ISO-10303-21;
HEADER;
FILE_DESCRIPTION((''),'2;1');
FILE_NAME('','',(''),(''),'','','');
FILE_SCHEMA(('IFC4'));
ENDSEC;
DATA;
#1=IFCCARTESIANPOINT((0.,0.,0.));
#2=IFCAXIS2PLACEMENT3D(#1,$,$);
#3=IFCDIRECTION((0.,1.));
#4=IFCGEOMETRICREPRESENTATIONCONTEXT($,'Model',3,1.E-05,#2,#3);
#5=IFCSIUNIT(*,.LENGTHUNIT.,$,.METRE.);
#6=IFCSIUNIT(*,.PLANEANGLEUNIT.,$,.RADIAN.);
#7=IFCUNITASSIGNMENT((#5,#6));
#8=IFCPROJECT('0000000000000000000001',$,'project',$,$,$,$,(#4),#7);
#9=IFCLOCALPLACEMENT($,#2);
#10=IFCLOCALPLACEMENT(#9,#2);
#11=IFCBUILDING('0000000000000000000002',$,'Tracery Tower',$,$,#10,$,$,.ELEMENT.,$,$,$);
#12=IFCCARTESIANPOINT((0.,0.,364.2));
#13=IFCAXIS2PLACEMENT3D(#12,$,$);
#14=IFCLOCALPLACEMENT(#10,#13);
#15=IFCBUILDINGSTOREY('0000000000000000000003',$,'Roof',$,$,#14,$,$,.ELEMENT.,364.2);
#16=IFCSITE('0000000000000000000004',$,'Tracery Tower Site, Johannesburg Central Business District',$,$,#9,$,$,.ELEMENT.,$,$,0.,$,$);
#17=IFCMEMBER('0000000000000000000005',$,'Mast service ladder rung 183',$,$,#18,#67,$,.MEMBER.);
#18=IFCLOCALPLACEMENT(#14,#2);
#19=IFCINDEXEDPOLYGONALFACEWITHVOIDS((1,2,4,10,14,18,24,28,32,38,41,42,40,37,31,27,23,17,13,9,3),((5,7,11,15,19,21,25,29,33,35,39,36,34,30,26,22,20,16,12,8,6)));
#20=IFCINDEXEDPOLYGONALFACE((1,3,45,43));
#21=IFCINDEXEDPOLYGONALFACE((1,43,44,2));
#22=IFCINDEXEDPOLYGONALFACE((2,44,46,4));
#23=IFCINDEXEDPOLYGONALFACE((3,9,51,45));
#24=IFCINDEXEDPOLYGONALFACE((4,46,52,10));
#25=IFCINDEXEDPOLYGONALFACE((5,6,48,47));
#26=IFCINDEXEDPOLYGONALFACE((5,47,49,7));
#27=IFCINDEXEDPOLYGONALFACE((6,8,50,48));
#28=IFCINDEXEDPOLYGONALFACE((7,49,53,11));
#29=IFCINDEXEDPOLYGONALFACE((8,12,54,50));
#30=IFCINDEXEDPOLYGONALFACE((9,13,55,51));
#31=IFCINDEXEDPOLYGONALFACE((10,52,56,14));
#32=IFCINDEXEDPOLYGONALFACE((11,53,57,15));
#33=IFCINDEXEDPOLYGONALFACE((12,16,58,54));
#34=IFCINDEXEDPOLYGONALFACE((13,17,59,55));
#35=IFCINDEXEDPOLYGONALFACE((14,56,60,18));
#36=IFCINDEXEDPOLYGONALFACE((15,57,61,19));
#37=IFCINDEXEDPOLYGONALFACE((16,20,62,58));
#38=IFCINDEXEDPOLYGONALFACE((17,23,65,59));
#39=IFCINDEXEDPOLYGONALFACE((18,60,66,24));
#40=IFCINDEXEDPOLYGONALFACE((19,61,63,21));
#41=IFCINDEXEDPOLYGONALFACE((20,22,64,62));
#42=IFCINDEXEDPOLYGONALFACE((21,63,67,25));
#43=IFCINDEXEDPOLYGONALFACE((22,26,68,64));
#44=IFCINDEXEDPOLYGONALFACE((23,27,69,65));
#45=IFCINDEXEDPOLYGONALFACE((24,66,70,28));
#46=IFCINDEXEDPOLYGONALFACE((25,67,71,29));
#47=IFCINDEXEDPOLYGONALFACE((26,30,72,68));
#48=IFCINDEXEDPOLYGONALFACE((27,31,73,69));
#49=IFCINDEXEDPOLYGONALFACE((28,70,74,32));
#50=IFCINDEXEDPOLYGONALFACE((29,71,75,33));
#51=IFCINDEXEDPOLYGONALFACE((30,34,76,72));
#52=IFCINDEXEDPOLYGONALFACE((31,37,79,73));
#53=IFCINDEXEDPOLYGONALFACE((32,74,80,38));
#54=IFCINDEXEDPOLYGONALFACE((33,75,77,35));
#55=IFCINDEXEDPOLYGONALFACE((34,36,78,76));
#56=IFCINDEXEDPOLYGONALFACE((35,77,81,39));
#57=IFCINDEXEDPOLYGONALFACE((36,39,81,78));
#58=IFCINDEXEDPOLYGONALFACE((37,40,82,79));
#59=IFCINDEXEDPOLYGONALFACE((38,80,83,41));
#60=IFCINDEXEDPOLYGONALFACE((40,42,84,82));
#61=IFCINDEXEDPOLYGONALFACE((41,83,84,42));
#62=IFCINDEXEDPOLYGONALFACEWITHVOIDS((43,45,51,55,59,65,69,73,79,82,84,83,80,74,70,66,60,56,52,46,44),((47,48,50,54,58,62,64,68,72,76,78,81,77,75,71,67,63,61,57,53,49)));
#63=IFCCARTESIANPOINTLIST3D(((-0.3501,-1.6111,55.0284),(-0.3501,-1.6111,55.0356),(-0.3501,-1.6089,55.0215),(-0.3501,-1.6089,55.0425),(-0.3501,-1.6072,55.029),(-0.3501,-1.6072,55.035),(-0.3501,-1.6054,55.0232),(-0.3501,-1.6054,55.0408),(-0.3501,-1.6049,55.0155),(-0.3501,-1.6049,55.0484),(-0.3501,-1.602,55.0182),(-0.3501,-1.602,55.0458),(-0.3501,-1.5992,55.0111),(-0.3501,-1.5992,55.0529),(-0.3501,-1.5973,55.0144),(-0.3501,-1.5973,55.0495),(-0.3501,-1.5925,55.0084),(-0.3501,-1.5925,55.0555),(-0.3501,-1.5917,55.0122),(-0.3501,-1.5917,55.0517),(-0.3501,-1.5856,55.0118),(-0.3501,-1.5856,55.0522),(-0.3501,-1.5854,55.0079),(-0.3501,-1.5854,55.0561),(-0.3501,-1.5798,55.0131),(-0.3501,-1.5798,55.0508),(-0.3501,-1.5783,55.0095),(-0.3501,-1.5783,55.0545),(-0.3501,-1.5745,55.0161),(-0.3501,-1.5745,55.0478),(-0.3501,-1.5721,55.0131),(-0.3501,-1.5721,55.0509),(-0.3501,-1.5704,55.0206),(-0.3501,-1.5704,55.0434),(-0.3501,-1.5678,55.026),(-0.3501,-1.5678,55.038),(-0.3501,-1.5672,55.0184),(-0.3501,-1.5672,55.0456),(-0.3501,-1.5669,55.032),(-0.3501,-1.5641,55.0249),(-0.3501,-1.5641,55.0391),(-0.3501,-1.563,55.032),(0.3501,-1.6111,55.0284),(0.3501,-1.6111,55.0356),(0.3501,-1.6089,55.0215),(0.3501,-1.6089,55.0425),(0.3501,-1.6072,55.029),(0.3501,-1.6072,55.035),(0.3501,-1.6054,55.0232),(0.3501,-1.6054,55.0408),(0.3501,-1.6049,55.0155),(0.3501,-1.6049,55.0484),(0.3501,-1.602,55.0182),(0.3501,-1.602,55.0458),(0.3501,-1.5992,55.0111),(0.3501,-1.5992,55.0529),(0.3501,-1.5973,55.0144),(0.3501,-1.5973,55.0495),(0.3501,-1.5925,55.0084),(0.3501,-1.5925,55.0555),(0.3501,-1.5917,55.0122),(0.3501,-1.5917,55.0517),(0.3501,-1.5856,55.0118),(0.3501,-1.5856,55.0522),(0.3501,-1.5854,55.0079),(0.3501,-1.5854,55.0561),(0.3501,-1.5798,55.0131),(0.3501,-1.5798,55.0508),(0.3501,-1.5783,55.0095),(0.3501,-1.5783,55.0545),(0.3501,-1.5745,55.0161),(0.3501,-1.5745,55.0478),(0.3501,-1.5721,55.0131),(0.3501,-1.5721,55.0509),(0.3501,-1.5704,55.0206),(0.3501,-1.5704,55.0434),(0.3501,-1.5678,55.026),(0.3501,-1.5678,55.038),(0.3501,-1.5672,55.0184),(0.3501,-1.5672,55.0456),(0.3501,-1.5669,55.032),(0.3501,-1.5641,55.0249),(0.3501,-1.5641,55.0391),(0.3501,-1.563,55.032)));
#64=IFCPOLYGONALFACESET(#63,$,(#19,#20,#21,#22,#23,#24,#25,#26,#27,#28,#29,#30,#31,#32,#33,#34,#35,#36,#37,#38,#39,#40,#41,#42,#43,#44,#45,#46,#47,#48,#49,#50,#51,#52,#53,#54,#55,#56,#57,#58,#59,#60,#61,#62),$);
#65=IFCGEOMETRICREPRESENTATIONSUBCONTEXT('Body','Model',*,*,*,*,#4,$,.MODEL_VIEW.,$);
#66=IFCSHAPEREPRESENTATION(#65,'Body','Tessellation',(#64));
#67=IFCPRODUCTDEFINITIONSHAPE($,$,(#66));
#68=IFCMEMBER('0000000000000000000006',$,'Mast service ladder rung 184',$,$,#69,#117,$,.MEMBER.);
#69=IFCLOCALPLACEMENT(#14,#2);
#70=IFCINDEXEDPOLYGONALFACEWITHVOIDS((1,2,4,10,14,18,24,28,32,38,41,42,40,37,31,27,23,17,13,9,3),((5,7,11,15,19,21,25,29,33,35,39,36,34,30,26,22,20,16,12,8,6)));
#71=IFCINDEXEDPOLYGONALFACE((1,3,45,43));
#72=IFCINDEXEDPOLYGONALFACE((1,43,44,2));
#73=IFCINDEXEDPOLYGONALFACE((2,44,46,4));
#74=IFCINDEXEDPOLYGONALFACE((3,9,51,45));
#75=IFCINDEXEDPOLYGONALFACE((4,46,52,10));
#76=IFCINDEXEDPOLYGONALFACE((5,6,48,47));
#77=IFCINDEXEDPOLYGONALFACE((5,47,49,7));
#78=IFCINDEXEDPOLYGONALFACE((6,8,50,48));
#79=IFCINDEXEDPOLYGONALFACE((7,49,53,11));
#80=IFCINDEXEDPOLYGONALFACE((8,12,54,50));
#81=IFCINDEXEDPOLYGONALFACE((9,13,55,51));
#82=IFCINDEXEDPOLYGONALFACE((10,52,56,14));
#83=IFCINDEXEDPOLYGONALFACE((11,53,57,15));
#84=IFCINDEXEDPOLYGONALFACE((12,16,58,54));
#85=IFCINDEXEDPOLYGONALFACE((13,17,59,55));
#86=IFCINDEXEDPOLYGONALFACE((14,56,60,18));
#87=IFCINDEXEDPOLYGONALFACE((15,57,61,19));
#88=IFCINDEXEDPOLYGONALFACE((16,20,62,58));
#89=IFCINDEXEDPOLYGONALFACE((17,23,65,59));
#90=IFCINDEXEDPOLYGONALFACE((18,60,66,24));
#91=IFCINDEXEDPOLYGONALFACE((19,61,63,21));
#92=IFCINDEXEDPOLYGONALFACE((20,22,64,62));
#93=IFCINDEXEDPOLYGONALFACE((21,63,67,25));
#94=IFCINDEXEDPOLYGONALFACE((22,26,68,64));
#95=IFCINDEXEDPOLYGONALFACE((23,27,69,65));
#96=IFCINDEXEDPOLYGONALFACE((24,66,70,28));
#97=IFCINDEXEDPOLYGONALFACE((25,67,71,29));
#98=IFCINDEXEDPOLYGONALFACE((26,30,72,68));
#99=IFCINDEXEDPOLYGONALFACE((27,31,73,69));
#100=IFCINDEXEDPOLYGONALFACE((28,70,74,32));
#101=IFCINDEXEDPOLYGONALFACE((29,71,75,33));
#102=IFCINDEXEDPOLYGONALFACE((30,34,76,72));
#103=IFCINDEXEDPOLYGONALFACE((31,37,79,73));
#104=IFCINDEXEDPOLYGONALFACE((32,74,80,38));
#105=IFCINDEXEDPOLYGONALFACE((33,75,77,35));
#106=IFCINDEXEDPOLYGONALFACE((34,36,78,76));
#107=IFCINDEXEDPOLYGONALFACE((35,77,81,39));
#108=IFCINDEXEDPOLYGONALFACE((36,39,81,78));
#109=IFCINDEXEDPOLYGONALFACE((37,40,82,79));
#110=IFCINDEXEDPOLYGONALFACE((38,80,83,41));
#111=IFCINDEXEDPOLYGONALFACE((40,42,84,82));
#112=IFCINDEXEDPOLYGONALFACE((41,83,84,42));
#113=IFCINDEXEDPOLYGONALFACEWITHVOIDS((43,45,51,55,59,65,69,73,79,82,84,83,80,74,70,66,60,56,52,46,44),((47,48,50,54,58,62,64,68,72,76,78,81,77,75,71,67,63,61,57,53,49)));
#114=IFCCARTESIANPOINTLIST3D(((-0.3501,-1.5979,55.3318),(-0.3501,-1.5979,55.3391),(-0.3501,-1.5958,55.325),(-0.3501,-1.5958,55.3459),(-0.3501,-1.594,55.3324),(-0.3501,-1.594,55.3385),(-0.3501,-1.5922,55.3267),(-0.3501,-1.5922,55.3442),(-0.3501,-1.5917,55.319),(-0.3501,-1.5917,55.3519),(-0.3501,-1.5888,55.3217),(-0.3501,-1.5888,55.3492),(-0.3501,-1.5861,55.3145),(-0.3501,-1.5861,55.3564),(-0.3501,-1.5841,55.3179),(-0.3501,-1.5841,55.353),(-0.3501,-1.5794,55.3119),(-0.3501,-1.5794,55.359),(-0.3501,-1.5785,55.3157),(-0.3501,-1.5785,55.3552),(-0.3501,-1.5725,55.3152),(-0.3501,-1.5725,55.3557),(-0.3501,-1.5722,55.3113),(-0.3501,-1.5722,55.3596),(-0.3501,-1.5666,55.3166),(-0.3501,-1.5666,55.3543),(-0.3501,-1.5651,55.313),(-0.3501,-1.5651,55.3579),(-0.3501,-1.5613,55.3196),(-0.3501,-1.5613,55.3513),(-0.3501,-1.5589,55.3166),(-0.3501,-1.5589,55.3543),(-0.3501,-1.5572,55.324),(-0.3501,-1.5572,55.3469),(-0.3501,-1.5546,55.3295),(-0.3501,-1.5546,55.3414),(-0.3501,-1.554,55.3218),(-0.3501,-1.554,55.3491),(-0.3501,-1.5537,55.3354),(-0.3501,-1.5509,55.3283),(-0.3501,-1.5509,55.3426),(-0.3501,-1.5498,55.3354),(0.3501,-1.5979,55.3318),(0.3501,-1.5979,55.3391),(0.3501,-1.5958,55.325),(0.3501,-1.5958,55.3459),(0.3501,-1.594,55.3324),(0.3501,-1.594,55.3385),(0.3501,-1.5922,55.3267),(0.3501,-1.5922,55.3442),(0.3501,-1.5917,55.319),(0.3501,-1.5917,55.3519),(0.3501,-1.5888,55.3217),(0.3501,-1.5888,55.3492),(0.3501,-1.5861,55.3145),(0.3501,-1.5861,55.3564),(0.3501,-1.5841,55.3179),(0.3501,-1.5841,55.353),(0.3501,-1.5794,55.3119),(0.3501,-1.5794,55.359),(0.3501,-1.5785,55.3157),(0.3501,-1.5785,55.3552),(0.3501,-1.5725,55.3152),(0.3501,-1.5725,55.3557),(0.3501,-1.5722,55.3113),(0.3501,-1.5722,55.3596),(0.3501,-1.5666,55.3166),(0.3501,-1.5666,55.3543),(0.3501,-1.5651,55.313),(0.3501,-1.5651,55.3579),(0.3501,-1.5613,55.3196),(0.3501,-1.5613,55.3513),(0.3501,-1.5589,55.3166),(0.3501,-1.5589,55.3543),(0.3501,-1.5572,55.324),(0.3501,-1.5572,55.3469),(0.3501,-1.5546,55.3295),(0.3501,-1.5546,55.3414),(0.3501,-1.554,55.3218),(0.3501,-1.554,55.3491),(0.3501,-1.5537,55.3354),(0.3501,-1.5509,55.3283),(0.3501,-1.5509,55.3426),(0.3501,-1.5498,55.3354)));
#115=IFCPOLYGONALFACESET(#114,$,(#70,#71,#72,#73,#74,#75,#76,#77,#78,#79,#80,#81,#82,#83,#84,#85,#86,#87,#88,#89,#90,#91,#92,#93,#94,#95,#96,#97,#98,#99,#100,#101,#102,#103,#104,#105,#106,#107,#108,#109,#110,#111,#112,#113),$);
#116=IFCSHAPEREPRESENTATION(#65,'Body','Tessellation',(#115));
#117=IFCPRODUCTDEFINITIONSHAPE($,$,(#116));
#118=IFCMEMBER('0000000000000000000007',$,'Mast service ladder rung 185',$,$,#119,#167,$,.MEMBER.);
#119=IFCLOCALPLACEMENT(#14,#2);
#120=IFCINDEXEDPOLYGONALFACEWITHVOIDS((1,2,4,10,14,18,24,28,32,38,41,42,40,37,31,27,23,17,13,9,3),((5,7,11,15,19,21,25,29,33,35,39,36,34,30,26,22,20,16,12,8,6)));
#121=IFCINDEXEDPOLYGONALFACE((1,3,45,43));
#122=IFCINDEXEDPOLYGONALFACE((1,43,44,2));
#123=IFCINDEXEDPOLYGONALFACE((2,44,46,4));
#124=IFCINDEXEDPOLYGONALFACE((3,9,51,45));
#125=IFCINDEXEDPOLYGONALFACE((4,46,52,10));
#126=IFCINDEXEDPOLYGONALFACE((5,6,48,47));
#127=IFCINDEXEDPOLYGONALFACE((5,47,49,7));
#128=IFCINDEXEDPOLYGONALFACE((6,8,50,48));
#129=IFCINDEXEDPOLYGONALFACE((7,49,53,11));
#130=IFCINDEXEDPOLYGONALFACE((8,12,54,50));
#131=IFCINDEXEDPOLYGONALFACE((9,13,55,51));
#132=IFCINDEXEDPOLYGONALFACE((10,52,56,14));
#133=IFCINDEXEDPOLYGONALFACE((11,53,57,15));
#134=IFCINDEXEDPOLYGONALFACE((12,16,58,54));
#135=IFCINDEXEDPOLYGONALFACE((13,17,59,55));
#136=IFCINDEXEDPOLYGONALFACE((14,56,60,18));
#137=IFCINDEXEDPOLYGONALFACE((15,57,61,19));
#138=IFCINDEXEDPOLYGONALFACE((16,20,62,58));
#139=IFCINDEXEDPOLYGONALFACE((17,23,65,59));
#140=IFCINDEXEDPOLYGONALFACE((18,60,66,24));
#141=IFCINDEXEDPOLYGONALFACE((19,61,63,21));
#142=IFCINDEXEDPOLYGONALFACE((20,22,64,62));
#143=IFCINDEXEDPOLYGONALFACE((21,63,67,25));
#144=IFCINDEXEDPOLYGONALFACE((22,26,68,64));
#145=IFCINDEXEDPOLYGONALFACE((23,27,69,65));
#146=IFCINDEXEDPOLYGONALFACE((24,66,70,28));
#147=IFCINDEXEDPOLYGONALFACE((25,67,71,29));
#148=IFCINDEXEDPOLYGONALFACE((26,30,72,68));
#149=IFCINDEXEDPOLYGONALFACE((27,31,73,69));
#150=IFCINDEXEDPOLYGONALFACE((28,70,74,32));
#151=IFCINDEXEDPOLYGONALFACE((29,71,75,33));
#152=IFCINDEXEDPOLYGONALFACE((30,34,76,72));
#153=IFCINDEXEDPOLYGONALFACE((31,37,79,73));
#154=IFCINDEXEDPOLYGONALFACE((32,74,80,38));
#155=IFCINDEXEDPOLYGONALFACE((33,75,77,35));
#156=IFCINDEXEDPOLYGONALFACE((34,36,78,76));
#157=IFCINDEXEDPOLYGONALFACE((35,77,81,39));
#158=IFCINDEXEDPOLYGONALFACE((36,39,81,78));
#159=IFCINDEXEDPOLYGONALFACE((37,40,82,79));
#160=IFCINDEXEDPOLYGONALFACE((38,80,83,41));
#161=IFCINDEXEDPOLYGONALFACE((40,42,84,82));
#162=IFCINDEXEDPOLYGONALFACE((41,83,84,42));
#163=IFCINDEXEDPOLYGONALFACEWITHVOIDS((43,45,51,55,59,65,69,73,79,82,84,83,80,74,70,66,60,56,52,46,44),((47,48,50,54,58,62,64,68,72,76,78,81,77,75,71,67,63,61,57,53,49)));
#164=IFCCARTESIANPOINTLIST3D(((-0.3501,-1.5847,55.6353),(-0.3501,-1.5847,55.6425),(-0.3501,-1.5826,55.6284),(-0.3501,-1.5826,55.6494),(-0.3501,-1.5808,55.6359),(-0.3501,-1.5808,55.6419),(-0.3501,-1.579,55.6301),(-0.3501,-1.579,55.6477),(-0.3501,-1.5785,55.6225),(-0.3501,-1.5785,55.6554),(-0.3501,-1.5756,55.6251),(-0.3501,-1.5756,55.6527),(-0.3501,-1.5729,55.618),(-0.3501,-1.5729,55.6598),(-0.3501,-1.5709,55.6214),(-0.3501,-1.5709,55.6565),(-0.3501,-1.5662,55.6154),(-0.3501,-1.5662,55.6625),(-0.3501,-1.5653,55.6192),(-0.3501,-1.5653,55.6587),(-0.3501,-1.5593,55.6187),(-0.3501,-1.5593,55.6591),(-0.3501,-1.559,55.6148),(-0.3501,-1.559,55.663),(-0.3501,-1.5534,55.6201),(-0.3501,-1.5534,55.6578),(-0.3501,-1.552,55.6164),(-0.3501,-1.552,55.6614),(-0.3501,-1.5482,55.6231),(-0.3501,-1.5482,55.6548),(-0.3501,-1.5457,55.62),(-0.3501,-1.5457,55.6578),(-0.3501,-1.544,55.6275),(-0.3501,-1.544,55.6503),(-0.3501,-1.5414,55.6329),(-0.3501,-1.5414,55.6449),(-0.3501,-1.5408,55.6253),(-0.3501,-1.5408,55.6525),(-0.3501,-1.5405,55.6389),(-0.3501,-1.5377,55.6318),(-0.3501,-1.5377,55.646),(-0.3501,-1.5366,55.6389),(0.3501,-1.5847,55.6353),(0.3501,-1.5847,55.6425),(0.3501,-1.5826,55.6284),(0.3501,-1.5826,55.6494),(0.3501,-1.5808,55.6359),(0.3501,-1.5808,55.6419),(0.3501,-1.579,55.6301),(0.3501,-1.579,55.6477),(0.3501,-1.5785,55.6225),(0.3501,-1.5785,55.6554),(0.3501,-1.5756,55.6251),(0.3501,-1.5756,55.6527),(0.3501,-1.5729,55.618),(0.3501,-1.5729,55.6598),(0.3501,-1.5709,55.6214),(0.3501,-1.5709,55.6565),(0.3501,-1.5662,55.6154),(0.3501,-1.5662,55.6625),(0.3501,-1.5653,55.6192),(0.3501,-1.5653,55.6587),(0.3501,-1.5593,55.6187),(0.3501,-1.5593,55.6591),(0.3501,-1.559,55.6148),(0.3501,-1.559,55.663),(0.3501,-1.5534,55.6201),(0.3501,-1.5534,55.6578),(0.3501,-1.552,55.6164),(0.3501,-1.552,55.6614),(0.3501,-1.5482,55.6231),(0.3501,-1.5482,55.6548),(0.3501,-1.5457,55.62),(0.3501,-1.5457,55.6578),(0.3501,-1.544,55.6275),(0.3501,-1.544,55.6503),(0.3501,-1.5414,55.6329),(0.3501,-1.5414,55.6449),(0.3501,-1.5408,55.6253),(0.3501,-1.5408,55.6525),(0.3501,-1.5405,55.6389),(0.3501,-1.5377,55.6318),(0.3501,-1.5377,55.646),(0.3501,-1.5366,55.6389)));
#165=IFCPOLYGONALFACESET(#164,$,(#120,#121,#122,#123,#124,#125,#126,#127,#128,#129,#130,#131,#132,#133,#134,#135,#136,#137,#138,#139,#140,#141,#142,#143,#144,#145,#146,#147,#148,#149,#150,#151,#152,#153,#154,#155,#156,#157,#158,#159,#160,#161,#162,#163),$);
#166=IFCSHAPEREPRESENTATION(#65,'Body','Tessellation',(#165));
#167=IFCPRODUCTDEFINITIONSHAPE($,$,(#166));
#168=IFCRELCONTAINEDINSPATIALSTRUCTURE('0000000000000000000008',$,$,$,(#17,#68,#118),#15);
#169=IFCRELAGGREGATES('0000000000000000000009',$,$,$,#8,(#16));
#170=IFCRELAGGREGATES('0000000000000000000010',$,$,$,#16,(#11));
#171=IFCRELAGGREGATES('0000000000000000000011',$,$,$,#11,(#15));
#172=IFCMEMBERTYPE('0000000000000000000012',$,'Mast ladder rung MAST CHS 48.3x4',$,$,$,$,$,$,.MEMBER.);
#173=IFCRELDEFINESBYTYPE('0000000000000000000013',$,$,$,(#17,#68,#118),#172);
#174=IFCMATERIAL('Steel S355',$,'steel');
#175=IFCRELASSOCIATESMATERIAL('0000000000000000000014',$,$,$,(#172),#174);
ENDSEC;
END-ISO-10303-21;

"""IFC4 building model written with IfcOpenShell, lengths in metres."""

from ifc_helpers import new_model, si_unit, direction, frame, origin, origin_2d, place, context, subcontext, project, spatial, hollow_circle, extrude, material, material_profile, profile_set, type_object, element, save


model = new_model("IFC4")

# Units and contexts
model_context = context("Model", 3, precision=1e-05, world=origin(), true_north=direction((0.0, 1.0)))
body_context = subcontext(model_context, "Body", "Model", "MODEL_VIEW")
ifc_project = project(units=[si_unit("LENGTHUNIT", "METRE"), si_unit("PLANEANGLEUNIT", "RADIAN")], contexts=[model_context])

# Site, building, storey
site_placement = place(None, origin())
site = spatial("IfcSite", under=ifc_project, at=site_placement, Name="Tracery Tower Site, Johannesburg Central Business District", CompositionType="ELEMENT", RefElevation=0.0)
building_placement = place(site_placement, origin())
building = spatial("IfcBuilding", under=site, at=building_placement, Name="Tracery Tower", CompositionType="ELEMENT")
storey_placement = place(building_placement, frame((0.0, 0.0, 364.2)))
storey = spatial("IfcBuildingStorey", under=building, at=storey_placement, Name="Roof", CompositionType="ELEMENT", Elevation=364.2)

# Members
ifc_material_1 = material(Name="Steel S355", Category="steel")
ifc_material_profile_1 = material_profile(ifc_material_1, hollow_circle(Radius=0.0242, WallThickness=0.0039, at=origin_2d()), Name="CHS 48.3x4")
ifc_profile_set_1 = profile_set([ifc_material_profile_1], Name="Steel S355")
member_type_1 = type_object("IfcMemberType", Name="Mast ladder rung MAST CHS 48.3x4", PredefinedType="MEMBER", material=ifc_profile_set_1)
for number, where, z_axis, x_axis, name in (
    (1, (-0.3501, -1.5872, 55.032), (1.0, 0.0, 0.0), (0.0, 1.0, 0.0), "Mast service ladder rung 183"),
    (2, (-0.3501, -1.574, 55.3354), (1.0, 0.0, 0.0), (0.0, 1.0, 0.0), "Mast service ladder rung 184"),
    (3, (-0.3501, -1.5608, 55.6389), (1.0, 0.0, 0.0), (0.0, 1.0, 0.0), "Mast service ladder rung 185"),
):
    element("IfcMember", number, at=place(storey_placement, frame(where, z_axis=z_axis, x_axis=x_axis)), inside=storey, type_object=member_type_1, Name=name, PredefinedType="MEMBER", context=body_context, shape_type="SweptSolid", body=[
        extrude(hollow_circle(Radius=0.0242, WallThickness=0.0039, at=origin_2d()), origin(), (0.0, 0.0, 1.0), 0.7002),
    ])

save(model, "model.ifc")
